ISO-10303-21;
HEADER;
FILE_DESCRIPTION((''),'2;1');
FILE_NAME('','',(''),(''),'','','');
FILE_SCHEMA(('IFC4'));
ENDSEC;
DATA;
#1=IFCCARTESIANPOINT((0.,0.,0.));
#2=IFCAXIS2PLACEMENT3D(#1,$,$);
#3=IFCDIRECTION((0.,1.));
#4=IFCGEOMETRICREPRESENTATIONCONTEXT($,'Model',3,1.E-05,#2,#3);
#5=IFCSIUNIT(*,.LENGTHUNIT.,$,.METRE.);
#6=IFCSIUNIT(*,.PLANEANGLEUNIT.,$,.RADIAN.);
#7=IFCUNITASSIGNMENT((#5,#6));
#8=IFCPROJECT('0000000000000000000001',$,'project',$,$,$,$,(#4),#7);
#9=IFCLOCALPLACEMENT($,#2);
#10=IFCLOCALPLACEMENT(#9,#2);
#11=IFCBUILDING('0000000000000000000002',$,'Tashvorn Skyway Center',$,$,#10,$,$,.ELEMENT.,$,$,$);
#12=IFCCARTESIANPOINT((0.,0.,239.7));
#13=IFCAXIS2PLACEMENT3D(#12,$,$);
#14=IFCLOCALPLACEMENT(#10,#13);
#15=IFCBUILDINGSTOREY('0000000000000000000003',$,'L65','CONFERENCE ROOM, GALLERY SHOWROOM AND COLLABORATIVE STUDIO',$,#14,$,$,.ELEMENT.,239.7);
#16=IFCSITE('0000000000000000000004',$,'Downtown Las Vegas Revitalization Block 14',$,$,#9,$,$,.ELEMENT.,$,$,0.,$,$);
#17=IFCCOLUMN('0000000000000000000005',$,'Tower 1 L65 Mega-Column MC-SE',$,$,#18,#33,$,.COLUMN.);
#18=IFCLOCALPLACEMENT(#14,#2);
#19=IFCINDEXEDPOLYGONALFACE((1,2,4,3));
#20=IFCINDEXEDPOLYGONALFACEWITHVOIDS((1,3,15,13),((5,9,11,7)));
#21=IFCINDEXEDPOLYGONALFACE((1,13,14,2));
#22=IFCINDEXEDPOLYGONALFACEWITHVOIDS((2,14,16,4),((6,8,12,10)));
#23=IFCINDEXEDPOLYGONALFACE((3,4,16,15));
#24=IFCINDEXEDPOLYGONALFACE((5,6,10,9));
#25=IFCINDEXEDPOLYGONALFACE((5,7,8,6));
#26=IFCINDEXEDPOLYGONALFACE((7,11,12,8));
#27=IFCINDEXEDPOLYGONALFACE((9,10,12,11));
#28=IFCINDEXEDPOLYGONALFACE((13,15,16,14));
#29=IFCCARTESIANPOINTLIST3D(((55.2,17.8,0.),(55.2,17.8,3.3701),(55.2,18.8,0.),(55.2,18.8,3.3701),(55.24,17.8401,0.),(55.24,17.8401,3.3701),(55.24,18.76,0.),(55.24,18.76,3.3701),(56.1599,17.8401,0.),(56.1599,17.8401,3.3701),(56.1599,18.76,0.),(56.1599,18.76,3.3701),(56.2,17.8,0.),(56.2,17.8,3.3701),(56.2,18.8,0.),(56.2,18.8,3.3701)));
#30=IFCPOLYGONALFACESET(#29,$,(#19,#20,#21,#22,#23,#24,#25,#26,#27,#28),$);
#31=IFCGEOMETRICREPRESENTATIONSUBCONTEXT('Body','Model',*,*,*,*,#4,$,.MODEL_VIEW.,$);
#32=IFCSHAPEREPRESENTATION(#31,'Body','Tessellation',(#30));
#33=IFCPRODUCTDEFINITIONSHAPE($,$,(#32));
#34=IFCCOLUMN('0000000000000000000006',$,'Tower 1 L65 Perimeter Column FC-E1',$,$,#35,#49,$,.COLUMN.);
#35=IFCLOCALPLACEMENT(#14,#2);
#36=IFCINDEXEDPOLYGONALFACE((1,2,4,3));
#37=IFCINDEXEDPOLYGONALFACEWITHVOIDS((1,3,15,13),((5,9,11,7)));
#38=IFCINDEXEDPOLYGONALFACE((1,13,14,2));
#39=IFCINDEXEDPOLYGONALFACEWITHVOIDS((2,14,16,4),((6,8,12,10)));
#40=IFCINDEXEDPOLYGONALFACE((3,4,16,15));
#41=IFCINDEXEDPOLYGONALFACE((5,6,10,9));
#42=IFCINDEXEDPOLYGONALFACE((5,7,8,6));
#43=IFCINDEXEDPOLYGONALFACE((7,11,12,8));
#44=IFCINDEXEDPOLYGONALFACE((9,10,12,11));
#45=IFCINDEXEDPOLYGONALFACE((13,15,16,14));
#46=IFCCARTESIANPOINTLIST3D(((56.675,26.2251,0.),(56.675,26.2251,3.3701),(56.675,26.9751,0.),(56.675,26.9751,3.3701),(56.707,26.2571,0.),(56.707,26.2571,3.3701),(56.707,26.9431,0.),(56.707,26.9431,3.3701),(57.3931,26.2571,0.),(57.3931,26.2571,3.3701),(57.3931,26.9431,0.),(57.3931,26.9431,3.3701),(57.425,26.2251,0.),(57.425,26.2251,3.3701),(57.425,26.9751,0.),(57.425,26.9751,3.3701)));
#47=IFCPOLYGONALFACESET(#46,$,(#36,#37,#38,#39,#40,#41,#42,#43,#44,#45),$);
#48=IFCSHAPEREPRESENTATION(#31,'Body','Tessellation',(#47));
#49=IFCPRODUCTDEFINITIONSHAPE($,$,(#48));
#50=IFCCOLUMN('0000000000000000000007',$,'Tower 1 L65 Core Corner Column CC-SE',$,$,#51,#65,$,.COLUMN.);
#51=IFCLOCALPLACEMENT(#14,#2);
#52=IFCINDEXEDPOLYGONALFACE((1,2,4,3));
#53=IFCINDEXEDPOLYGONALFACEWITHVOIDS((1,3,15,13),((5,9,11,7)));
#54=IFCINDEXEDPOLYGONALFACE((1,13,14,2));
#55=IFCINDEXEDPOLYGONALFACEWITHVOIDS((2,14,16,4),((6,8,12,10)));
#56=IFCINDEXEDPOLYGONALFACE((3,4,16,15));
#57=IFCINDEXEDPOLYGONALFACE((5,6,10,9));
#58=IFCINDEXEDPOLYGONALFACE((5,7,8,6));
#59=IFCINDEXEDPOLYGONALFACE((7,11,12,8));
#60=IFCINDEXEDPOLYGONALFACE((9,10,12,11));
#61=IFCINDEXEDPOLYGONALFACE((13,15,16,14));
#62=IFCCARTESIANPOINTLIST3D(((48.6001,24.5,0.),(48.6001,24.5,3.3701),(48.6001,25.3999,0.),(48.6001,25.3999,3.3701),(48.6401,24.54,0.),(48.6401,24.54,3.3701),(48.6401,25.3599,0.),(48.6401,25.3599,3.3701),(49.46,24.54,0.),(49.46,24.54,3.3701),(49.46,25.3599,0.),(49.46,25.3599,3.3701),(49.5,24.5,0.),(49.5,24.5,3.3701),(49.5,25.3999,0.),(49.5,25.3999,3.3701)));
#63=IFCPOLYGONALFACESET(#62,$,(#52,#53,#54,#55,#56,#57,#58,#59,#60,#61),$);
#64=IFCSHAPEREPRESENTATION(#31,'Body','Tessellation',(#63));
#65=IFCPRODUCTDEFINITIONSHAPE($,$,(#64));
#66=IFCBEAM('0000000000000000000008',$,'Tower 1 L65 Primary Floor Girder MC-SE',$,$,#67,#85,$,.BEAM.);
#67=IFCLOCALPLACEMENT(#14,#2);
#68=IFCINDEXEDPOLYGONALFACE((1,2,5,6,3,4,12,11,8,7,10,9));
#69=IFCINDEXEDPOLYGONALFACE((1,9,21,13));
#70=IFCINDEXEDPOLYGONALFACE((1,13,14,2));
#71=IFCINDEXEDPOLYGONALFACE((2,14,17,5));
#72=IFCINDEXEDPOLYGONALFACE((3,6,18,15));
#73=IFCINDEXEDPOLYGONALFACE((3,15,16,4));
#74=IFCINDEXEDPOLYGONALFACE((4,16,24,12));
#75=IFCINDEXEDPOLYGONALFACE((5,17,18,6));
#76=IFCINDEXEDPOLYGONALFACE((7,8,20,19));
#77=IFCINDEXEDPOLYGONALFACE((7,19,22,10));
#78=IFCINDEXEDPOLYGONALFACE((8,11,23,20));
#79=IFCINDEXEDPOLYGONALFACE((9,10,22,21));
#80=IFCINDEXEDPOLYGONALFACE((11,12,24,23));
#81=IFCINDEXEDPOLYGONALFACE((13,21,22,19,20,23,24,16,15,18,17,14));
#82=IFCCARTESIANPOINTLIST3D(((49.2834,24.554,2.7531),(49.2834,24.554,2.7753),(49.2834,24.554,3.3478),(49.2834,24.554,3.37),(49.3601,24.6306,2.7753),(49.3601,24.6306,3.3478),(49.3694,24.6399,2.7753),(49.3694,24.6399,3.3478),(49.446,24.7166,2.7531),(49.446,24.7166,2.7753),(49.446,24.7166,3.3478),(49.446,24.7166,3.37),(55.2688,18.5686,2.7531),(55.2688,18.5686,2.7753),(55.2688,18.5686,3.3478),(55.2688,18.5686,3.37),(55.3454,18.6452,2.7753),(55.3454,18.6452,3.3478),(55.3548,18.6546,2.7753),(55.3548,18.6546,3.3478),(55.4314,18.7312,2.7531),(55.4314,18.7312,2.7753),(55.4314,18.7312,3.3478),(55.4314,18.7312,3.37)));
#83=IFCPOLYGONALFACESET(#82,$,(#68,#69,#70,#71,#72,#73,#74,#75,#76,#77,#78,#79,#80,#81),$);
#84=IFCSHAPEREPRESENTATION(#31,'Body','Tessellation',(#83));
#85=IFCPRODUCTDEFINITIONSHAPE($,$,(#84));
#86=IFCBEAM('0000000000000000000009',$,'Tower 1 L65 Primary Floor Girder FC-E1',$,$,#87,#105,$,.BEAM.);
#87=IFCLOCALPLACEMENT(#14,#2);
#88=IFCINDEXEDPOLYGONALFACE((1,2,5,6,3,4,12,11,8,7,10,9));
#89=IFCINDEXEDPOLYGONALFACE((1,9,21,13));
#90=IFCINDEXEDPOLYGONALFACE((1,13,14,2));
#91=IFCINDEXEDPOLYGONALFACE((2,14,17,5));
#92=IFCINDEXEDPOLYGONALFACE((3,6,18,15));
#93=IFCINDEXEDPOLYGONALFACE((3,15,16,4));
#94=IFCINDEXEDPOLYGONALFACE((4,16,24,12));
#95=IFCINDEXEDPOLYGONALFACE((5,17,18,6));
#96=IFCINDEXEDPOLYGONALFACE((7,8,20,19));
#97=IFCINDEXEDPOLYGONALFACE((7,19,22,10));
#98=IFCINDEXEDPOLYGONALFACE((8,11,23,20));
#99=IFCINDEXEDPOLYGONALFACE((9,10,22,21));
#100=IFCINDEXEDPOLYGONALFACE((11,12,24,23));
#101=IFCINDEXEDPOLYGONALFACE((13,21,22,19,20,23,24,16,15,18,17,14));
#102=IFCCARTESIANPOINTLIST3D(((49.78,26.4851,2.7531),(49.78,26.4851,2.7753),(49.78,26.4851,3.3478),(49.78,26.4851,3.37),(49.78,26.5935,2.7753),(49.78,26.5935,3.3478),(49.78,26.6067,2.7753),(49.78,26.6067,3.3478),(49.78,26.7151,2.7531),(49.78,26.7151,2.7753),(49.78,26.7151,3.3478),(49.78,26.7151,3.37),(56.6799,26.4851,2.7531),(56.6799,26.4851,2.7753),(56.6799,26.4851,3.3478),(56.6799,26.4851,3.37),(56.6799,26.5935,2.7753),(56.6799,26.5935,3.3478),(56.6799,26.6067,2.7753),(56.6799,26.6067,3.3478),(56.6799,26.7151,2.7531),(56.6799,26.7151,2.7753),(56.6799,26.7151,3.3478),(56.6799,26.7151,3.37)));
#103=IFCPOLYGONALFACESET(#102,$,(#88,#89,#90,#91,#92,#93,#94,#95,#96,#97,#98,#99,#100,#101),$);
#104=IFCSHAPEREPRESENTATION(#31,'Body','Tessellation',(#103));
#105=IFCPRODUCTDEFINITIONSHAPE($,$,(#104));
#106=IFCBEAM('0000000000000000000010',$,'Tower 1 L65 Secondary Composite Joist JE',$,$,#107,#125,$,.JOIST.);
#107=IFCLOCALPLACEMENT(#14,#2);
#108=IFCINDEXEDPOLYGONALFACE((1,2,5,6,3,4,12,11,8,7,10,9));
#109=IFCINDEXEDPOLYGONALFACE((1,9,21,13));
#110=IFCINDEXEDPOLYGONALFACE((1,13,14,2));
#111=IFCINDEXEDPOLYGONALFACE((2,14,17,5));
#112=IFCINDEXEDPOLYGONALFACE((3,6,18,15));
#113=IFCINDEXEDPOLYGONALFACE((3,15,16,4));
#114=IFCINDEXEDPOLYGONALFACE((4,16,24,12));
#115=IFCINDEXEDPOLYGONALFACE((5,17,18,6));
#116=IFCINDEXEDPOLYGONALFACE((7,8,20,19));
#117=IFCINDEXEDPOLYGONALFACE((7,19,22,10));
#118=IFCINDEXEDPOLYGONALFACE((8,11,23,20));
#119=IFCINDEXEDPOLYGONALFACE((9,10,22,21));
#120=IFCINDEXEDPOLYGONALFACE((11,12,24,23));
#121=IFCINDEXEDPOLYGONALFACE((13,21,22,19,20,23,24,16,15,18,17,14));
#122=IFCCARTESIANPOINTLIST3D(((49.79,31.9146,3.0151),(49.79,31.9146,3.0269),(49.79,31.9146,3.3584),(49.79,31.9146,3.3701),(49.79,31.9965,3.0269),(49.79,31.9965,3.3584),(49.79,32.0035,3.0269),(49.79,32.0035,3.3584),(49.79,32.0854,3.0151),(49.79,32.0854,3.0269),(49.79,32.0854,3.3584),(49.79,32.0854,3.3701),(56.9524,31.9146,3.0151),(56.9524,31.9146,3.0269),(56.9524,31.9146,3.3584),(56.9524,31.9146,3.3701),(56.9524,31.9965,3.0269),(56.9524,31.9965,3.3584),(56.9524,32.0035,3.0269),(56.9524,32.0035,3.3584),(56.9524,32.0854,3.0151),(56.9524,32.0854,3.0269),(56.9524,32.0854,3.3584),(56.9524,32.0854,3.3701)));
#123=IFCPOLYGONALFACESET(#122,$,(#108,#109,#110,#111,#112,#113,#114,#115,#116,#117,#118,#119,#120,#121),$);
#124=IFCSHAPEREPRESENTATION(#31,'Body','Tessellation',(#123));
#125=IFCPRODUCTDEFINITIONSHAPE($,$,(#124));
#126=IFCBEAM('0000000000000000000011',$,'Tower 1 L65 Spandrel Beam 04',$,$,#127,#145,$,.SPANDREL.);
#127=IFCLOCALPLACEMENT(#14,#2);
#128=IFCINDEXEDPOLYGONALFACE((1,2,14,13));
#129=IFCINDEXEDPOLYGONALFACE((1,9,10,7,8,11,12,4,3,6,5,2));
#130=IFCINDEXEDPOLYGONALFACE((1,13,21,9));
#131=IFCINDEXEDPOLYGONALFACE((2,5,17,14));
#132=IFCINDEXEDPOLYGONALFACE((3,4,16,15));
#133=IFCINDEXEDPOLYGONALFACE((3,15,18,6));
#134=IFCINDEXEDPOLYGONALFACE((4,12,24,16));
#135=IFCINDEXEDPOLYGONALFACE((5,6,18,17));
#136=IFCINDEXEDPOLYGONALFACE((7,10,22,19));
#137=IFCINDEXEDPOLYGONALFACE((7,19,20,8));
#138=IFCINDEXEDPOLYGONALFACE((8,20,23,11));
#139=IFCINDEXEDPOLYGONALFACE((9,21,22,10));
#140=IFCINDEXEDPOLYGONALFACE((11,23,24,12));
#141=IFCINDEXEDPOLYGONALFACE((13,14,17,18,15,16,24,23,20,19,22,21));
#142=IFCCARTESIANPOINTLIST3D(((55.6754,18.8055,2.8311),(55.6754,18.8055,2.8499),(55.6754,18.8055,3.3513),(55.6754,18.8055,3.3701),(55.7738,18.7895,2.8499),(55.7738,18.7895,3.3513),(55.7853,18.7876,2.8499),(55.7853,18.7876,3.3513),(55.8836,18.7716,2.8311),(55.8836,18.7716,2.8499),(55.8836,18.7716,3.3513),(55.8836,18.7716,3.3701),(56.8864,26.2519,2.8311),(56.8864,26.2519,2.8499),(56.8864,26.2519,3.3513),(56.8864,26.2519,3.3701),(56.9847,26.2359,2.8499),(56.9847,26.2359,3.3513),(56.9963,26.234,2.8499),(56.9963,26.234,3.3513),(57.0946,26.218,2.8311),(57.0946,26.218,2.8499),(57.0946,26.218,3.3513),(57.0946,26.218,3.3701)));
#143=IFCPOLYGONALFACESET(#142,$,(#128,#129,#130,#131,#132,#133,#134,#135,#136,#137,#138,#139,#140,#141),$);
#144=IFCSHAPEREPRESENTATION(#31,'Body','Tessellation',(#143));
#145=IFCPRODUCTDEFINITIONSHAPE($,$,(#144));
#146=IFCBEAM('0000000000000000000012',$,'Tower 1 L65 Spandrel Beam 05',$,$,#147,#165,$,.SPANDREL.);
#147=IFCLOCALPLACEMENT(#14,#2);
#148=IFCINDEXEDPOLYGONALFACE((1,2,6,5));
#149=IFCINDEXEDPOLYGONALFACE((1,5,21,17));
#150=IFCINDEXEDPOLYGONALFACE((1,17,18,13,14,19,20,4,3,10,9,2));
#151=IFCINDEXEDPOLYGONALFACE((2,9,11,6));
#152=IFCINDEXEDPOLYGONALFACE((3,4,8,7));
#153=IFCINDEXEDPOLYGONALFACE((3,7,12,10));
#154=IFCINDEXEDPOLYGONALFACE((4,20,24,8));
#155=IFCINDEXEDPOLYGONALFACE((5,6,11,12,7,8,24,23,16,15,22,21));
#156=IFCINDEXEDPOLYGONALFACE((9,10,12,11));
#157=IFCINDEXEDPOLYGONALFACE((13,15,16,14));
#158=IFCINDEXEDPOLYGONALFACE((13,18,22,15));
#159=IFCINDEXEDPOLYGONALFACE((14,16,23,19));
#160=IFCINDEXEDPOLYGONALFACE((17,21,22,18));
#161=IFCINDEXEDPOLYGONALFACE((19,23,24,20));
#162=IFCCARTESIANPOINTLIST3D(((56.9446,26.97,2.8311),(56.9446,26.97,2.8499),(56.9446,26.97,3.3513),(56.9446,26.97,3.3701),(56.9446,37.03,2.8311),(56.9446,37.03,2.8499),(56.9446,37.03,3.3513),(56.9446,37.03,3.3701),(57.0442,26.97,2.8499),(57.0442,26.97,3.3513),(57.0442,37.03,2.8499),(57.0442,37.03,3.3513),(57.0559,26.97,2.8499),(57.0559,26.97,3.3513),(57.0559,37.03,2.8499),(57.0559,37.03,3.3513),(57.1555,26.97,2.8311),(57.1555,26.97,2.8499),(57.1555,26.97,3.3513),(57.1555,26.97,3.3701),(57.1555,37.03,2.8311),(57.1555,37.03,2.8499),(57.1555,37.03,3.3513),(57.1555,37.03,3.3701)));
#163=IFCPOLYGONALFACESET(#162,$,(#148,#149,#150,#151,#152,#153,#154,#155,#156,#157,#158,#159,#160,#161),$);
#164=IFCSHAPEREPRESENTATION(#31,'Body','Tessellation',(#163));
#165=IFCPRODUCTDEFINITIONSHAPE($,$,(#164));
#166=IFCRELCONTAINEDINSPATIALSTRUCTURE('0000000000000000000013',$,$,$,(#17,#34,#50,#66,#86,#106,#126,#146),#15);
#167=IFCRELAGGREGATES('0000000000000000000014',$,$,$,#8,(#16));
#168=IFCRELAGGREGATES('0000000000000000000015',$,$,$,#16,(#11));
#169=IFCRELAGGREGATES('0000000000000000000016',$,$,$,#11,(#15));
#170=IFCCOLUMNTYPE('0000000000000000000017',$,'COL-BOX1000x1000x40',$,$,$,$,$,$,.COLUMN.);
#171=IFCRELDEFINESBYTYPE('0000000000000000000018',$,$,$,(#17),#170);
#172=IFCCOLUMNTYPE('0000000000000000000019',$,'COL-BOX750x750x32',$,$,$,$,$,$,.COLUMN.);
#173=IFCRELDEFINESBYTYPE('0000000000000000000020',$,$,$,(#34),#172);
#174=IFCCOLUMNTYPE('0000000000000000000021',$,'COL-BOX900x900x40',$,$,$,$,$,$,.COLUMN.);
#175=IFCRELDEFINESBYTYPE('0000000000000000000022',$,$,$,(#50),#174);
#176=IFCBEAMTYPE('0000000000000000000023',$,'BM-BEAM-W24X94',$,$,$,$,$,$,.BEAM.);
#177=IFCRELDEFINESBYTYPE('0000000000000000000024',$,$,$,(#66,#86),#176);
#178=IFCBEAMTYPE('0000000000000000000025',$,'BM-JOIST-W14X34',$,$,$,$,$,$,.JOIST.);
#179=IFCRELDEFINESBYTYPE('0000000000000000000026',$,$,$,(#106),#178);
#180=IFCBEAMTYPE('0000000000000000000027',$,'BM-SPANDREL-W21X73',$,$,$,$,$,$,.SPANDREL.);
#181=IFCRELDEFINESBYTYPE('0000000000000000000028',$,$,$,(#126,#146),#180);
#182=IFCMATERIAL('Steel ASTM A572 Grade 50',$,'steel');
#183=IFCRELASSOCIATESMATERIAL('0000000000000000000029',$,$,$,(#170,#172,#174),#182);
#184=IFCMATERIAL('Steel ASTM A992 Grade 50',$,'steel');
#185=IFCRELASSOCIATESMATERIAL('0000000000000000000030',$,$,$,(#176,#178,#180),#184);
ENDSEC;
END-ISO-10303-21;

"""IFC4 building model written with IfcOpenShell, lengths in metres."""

from ifc_helpers import new_model, si_unit, direction, frame, origin, origin_2d, place, context, subcontext, project, spatial, hollow_rectangle, i_section, extrude, material, material_profile, profile_set, type_object, element, save


model = new_model("IFC4")

# Units and contexts
model_context = context("Model", 3, precision=1e-05, world=origin(), true_north=direction((0.0, 1.0)))
body_context = subcontext(model_context, "Body", "Model", "MODEL_VIEW")
ifc_project = project(units=[si_unit("LENGTHUNIT", "METRE"), si_unit("PLANEANGLEUNIT", "RADIAN")], contexts=[model_context])

# Site, building, storey
site_placement = place(None, origin())
site = spatial("IfcSite", under=ifc_project, at=site_placement, Name="Downtown Las Vegas Revitalization Block 14", CompositionType="ELEMENT", RefElevation=0.0)
building_placement = place(site_placement, origin())
building = spatial("IfcBuilding", under=site, at=building_placement, Name="Tashvorn Skyway Center", CompositionType="ELEMENT")
storey_placement = place(building_placement, frame((0.0, 0.0, 239.7)))
storey = spatial("IfcBuildingStorey", under=building, at=storey_placement, Name="L65", Description="CONFERENCE ROOM, GALLERY SHOWROOM AND COLLABORATIVE STUDIO", CompositionType="ELEMENT", Elevation=239.7)

# Columns
ifc_material_1 = material(Name="Steel ASTM A572 Grade 50", Category="steel")
ifc_material_profile_1 = material_profile(ifc_material_1, hollow_rectangle(XDim=1.0, YDim=1.0, WallThickness=0.04, at=origin_2d()), Name="BOX1000x1000x40")
ifc_profile_set_1 = profile_set([ifc_material_profile_1], Name="Steel ASTM A572 Grade 50")
column_type_1 = type_object("IfcColumnType", Name="COL-BOX1000x1000x40", PredefinedType="COLUMN", material=ifc_profile_set_1)
column_1_placement = place(storey_placement, frame((55.7, 18.3, 0.0), z_axis=(0.0, 0.0, 1.0), x_axis=(1.0, 0.0, 0.0)))
element("IfcColumn", 1, at=column_1_placement, inside=storey, type_object=column_type_1, Name="Tower 1 L65 Mega-Column MC-SE", PredefinedType="COLUMN", context=body_context, shape_type="SweptSolid", body=[
    extrude(hollow_rectangle(XDim=1.0, YDim=1.0, WallThickness=0.04, at=origin_2d()), origin(), (0.0, 0.0, 1.0), 3.3701),
])
ifc_material_profile_2 = material_profile(ifc_material_1, hollow_rectangle(XDim=0.75, YDim=0.75, WallThickness=0.032, at=origin_2d()), Name="BOX750x750x32")
ifc_profile_set_2 = profile_set([ifc_material_profile_2], Name="Steel ASTM A572 Grade 50")
column_type_2 = type_object("IfcColumnType", Name="COL-BOX750x750x32", PredefinedType="COLUMN", material=ifc_profile_set_2)
column_2_placement = place(storey_placement, frame((57.05, 26.6001, 0.0), z_axis=(0.0, 0.0, 1.0), x_axis=(1.0, 0.0, 0.0)))
element("IfcColumn", 2, at=column_2_placement, inside=storey, type_object=column_type_2, Name="Tower 1 L65 Perimeter Column FC-E1", PredefinedType="COLUMN", context=body_context, shape_type="SweptSolid", body=[
    extrude(hollow_rectangle(XDim=0.75, YDim=0.75, WallThickness=0.032, at=origin_2d()), origin(), (0.0, 0.0, 1.0), 3.3701),
])
ifc_material_profile_3 = material_profile(ifc_material_1, hollow_rectangle(XDim=0.8999, YDim=0.8999, WallThickness=0.04, at=origin_2d()), Name="BOX900x900x40")
ifc_profile_set_3 = profile_set([ifc_material_profile_3], Name="Steel ASTM A572 Grade 50")
column_type_3 = type_object("IfcColumnType", Name="COL-BOX900x900x40", PredefinedType="COLUMN", material=ifc_profile_set_3)
column_3_placement = place(storey_placement, frame((49.05, 24.95, 0.0), z_axis=(0.0, 0.0, 1.0), x_axis=(1.0, 0.0, 0.0)))
element("IfcColumn", 3, at=column_3_placement, inside=storey, type_object=column_type_3, Name="Tower 1 L65 Core Corner Column CC-SE", PredefinedType="COLUMN", context=body_context, shape_type="SweptSolid", body=[
    extrude(hollow_rectangle(XDim=0.8999, YDim=0.8999, WallThickness=0.04, at=origin_2d()), origin(), (0.0, 0.0, 1.0), 3.3701),
])

# Beams
ifc_material_2 = material(Name="Steel ASTM A992 Grade 50", Category="steel")
ifc_material_profile_4 = material_profile(ifc_material_2, i_section(OverallWidth=0.23, OverallDepth=0.6169, WebThickness=0.0132, FlangeThickness=0.0222, at=origin_2d()), Name="W24X94")
ifc_profile_set_4 = profile_set([ifc_material_profile_4], Name="Steel ASTM A992 Grade 50")
beam_type_1 = type_object("IfcBeamType", Name="BM-BEAM-W24X94", PredefinedType="BEAM", material=ifc_profile_set_4)
beam_1_placement = place(storey_placement, frame((55.3501, 18.6499, 3.0615), z_axis=(-0.707107, 0.707107, 0.0), x_axis=(-0.707107, -0.707107, 0.0)))
element("IfcBeam", 4, at=beam_1_placement, inside=storey, type_object=beam_type_1, Name="Tower 1 L65 Primary Floor Girder MC-SE", PredefinedType="BEAM", context=body_context, shape_type="SweptSolid", body=[
    extrude(i_section(OverallWidth=0.23, OverallDepth=0.6169, WebThickness=0.0132, FlangeThickness=0.0222, at=origin_2d()), origin(), (0.0, 0.0, 1.0), 8.4646),
])
beam_2_placement = place(storey_placement, frame((56.6799, 26.6001, 3.0615), z_axis=(-1.0, 0.0, 0.0), x_axis=(0.0, -1.0, 0.0)))
element("IfcBeam", 5, at=beam_2_placement, inside=storey, type_object=beam_type_1, Name="Tower 1 L65 Primary Floor Girder FC-E1", PredefinedType="BEAM", context=body_context, shape_type="SweptSolid", body=[
    extrude(i_section(OverallWidth=0.23, OverallDepth=0.6169, WebThickness=0.0132, FlangeThickness=0.0222, at=origin_2d()), origin(), (0.0, 0.0, 1.0), 6.8999),
])
ifc_material_profile_5 = material_profile(ifc_material_2, i_section(OverallWidth=0.1709, OverallDepth=0.355, WebThickness=0.0071, FlangeThickness=0.0117, at=origin_2d()), Name="W14X34")
ifc_profile_set_5 = profile_set([ifc_material_profile_5], Name="Steel ASTM A992 Grade 50")
beam_type_2 = type_object("IfcBeamType", Name="BM-JOIST-W14X34", PredefinedType="JOIST", material=ifc_profile_set_5)
beam_3_placement = place(storey_placement, frame((49.79, 32.0, 3.1926), z_axis=(1.0, 0.0, 0.0), x_axis=(0.0, 1.0, 0.0)))
element("IfcBeam", 6, at=beam_3_placement, inside=storey, type_object=beam_type_2, Name="Tower 1 L65 Secondary Composite Joist JE", PredefinedType="JOIST", context=body_context, shape_type="SweptSolid", body=[
    extrude(i_section(OverallWidth=0.1709, OverallDepth=0.355, WebThickness=0.0071, FlangeThickness=0.0117, at=origin_2d()), origin(), (0.0, 0.0, 1.0), 7.1624),
])
ifc_material_profile_6 = material_profile(ifc_material_2, i_section(OverallWidth=0.2109, OverallDepth=0.5391, WebThickness=0.0117, FlangeThickness=0.0188, at=origin_2d()), Name="W21X73")
ifc_profile_set_6 = profile_set([ifc_material_profile_6], Name="Steel ASTM A992 Grade 50")
beam_type_3 = type_object("IfcBeamType", Name="BM-SPANDREL-W21X73", PredefinedType="SPANDREL", material=ifc_profile_set_6)
beam_4_placement = place(storey_placement, frame((55.7795, 18.7886, 3.1006), z_axis=(0.160514, 0.987034, 0.0), x_axis=(-0.987034, 0.160514, 0.0)))
element("IfcBeam", 7, at=beam_4_placement, inside=storey, type_object=beam_type_3, Name="Tower 1 L65 Spandrel Beam 04", PredefinedType="SPANDREL", context=body_context, shape_type="SweptSolid", body=[
    extrude(i_section(OverallWidth=0.2109, OverallDepth=0.5391, WebThickness=0.0117, FlangeThickness=0.0188, at=origin_2d()), origin(), (0.0, 0.0, 1.0), 7.5442),
])
beam_5_placement = place(storey_placement, frame((57.05, 26.97, 3.1006), z_axis=(0.0, 1.0, 0.0), x_axis=(-1.0, 0.0, 0.0)))
element("IfcBeam", 8, at=beam_5_placement, inside=storey, type_object=beam_type_3, Name="Tower 1 L65 Spandrel Beam 05", PredefinedType="SPANDREL", context=body_context, shape_type="SweptSolid", body=[
    extrude(i_section(OverallWidth=0.2109, OverallDepth=0.5391, WebThickness=0.0117, FlangeThickness=0.0188, at=origin_2d()), origin(), (0.0, 0.0, 1.0), 10.0601),
])

save(model, "model.ifc")
